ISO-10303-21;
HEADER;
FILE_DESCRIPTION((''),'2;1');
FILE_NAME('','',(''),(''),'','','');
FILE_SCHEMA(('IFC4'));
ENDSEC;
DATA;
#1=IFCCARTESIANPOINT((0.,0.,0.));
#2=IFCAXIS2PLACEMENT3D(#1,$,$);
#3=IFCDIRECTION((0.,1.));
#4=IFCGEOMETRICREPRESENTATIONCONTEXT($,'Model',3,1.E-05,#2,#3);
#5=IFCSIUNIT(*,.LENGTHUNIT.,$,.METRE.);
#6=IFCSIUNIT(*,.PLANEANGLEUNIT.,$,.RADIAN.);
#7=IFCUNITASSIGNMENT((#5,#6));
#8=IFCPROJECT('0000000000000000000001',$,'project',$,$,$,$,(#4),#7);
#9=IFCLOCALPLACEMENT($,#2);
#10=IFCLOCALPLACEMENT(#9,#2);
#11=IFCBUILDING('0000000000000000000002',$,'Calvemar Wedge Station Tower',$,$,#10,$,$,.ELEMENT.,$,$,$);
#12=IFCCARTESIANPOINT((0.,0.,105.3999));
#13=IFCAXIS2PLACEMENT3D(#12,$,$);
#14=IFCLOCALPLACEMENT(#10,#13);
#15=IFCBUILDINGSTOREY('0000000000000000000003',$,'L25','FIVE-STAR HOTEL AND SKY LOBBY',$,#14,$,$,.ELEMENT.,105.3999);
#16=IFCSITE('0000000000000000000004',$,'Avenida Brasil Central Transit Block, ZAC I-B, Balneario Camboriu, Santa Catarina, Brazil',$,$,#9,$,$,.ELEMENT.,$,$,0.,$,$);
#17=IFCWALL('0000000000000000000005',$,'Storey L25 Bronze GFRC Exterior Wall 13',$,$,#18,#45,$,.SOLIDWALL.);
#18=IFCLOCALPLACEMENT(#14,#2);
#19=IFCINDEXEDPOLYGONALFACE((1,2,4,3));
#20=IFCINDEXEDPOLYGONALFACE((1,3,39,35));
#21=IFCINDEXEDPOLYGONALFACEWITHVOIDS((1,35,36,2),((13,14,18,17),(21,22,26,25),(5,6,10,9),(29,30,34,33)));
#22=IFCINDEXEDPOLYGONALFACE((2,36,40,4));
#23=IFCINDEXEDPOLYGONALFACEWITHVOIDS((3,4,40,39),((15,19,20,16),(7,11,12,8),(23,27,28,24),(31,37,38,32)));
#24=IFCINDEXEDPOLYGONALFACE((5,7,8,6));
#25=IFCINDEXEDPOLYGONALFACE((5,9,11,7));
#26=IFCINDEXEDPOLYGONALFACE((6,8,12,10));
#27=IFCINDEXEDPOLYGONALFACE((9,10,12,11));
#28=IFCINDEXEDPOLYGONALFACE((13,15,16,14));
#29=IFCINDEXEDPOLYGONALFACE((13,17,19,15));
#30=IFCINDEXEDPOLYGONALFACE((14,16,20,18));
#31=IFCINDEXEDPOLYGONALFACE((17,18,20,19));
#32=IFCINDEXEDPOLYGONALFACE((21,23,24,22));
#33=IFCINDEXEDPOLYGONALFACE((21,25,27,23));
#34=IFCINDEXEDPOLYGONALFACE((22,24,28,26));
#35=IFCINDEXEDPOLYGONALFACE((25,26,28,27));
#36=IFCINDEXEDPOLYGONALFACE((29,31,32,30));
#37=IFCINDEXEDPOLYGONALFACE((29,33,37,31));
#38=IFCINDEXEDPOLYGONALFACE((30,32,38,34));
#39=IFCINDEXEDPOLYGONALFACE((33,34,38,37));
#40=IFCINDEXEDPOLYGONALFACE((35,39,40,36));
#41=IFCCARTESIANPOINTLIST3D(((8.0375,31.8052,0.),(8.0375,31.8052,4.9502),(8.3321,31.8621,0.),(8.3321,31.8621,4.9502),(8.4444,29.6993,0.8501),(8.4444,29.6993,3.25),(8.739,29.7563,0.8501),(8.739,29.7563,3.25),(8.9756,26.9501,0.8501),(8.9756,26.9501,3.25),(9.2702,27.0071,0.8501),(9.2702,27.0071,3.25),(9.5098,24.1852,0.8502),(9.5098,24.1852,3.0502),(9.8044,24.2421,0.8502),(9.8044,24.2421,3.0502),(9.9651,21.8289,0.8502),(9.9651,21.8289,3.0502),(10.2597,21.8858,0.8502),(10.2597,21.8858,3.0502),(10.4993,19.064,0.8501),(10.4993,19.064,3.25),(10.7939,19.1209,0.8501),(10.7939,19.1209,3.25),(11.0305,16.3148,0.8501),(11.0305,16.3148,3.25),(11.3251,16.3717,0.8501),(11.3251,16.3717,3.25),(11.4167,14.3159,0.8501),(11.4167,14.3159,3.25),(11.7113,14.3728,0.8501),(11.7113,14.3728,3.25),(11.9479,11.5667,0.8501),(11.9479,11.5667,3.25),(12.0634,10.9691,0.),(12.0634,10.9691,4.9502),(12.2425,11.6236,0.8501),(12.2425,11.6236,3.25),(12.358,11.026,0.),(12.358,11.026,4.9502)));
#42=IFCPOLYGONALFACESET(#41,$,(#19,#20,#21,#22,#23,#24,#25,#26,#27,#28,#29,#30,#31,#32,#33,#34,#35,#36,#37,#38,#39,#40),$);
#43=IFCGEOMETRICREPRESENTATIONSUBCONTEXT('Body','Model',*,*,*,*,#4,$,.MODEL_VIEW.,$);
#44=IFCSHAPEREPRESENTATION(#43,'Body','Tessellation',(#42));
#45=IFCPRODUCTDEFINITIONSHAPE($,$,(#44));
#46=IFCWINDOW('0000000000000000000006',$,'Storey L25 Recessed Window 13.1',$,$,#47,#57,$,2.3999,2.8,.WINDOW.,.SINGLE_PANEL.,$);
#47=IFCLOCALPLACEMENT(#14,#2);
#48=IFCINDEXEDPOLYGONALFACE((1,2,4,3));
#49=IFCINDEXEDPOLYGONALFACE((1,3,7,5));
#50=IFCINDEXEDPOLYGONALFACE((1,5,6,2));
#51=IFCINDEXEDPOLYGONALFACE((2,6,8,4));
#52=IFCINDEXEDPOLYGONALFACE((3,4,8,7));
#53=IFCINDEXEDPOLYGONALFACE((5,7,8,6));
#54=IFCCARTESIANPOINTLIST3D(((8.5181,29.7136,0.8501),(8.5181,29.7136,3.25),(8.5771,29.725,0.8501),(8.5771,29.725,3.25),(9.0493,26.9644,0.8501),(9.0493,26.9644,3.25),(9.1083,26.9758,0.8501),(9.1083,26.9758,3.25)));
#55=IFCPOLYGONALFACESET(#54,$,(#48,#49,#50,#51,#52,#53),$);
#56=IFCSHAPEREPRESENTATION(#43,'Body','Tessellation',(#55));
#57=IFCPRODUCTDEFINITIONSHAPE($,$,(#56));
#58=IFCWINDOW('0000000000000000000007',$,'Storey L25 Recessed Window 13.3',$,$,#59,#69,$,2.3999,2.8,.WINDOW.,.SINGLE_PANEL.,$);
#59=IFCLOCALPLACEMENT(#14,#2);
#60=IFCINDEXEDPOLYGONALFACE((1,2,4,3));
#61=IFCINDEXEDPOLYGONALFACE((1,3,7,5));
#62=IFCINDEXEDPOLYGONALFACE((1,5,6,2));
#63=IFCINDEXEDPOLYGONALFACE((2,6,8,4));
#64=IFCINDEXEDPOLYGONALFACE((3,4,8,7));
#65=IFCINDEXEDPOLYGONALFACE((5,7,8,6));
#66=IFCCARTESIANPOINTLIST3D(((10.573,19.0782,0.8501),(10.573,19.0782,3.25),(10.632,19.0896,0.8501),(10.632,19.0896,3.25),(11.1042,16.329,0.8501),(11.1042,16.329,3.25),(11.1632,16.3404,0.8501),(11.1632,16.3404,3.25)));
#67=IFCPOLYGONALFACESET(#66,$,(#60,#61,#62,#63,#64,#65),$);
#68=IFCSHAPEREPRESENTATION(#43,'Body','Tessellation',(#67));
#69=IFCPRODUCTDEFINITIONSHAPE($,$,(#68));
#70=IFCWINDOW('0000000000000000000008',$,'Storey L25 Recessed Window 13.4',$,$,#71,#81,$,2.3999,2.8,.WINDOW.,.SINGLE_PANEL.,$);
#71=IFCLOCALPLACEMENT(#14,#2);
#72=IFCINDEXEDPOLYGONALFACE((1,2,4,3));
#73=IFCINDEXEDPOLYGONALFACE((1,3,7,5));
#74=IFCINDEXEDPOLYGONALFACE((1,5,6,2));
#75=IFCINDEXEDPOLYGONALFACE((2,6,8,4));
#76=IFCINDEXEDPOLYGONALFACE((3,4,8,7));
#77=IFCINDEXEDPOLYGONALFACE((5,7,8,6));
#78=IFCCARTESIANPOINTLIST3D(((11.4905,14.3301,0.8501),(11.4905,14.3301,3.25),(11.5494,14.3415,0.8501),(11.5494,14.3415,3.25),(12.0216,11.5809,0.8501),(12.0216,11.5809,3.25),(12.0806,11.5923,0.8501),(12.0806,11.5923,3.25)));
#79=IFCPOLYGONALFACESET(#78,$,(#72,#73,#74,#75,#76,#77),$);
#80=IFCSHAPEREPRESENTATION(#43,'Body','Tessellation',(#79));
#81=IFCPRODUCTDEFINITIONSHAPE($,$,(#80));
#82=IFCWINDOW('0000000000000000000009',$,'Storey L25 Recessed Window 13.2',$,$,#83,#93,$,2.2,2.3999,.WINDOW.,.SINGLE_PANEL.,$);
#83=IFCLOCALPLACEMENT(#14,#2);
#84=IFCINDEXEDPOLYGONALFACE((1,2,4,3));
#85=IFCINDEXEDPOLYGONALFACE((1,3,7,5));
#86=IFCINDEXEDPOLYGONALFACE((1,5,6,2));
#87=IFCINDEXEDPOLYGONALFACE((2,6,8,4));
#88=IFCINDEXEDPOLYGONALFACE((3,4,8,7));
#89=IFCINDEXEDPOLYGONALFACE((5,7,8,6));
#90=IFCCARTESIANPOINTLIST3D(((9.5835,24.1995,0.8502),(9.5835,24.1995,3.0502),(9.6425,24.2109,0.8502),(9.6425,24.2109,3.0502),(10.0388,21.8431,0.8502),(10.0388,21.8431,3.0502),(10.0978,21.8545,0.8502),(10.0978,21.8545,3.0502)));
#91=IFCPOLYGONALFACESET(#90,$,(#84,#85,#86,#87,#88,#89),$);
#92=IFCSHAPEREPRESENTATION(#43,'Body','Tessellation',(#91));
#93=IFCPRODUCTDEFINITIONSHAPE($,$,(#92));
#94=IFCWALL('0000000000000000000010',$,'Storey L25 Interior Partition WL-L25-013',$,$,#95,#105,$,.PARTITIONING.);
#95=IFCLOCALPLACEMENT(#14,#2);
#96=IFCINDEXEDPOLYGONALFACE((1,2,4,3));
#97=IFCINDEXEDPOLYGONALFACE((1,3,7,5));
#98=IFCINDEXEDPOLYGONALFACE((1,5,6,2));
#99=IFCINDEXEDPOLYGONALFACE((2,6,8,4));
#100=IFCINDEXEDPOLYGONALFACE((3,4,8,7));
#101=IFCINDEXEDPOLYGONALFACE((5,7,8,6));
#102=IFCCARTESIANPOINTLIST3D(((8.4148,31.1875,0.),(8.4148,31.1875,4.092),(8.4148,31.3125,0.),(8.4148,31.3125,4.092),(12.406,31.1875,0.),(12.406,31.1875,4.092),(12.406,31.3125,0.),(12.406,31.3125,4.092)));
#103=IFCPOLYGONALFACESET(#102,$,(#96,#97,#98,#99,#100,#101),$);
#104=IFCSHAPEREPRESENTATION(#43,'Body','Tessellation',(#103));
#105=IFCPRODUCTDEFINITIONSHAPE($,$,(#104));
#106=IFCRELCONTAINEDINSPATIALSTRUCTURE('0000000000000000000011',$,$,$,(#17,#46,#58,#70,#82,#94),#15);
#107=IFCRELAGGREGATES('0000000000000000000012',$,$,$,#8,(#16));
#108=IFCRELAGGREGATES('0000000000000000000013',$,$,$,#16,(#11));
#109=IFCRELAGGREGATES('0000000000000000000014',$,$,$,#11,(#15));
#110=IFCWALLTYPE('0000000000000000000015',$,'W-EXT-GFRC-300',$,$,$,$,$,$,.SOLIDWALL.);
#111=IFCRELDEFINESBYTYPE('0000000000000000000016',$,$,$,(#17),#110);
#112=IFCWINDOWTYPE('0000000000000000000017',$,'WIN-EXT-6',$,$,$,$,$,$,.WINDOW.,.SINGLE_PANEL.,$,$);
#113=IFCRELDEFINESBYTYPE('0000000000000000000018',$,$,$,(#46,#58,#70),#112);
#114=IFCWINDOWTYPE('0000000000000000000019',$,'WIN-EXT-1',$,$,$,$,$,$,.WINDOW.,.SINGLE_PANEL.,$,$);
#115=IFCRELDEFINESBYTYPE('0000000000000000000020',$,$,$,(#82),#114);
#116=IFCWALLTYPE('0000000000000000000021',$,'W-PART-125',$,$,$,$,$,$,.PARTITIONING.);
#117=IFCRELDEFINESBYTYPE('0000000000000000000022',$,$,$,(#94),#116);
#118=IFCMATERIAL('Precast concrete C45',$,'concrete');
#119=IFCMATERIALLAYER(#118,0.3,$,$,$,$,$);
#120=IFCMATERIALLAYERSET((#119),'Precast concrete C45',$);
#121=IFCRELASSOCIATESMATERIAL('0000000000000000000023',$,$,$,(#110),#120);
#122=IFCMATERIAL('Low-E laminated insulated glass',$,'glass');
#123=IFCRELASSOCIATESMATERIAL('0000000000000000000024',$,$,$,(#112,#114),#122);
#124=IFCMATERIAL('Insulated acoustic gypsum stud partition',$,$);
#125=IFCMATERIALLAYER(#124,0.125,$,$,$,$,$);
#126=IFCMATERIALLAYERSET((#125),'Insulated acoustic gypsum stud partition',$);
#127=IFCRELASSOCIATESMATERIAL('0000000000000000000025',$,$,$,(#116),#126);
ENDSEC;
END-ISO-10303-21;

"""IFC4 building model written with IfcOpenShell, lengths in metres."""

from ifc_helpers import new_model, si_unit, direction, frame, frame_2d, origin, place, context, subcontext, project, spatial, rectangle, extrude, source, transform, mapped, material, layer, layer_set, type_object, element, fill, save


model = new_model("IFC4")

# Units and contexts
model_context = context("Model", 3, precision=1e-05, world=origin(), true_north=direction((0.0, 1.0)))
body_context = subcontext(model_context, "Body", "Model", "MODEL_VIEW")
ifc_project = project(units=[si_unit("LENGTHUNIT", "METRE"), si_unit("PLANEANGLEUNIT", "RADIAN")], contexts=[model_context])

# Site, building, storey
site_placement = place(None, origin())
site = spatial("IfcSite", under=ifc_project, at=site_placement, Name="Avenida Brasil Central Transit Block, ZAC I-B, Balneario Camboriu, Santa Catarina, Brazil", CompositionType="ELEMENT", RefElevation=0.0)
building_placement = place(site_placement, origin())
building = spatial("IfcBuilding", under=site, at=building_placement, Name="Calvemar Wedge Station Tower", CompositionType="ELEMENT")
storey_placement = place(building_placement, frame((0.0, 0.0, 105.3999)))
storey = spatial("IfcBuildingStorey", under=building, at=storey_placement, Name="L25", Description="FIVE-STAR HOTEL AND SKY LOBBY", CompositionType="ELEMENT", Elevation=105.3999)

# Wall, openings, windows
ifc_material_1 = material(Name="Precast concrete C45", Category="concrete")
ifc_layer_1 = layer(ifc_material_1, 0.3)
ifc_layer_set_1 = layer_set([ifc_layer_1], Name="Precast concrete C45")
wall_type_1 = type_object("IfcWallType", Name="W-EXT-GFRC-300", PredefinedType="SOLIDWALL", material=ifc_layer_set_1)
wall_1_placement = place(storey_placement, frame((8.1848, 31.8337, 0.0), z_axis=(0.0, 0.0, 1.0), x_axis=(0.189707, -0.981841, 0.0)))
wall_1 = element("IfcWall", 1, at=wall_1_placement, inside=storey, type_object=wall_type_1, Name="Storey L25 Bronze GFRC Exterior Wall 13", PredefinedType="SOLIDWALL", context=body_context, shape_type="SweptSolid", body=[
    extrude(rectangle(XDim=21.2214, YDim=0.3, at=frame_2d((10.6108, 0.0))), origin(), (0.0, 0.0, 1.0), 4.9502),
])
shared_shape_1 = source(origin(), body_context, "Body", "SweptSolid", [
    extrude(rectangle(XDim=2.8, YDim=2.3999, at=frame_2d((1.3999, 1.2))), frame((0.0, 0.1602, 0.0), z_axis=(0.0, -1.0, 0.0), x_axis=(1.0, 0.0, 0.0)), (0.0, 0.0, 1.0), 0.3201),
])
opening_1_placement = place(wall_1_placement, frame((2.145, 0.0, 0.8501)))
opening_1 = element("IfcOpeningElement", 2, at=opening_1_placement, cuts=wall_1, PredefinedType="OPENING", context=body_context, shape_type="MappedRepresentation", body=[
    mapped(shared_shape_1, transform((0.0, 0.0, 0.0), scale=1.0)),
])
shared_shape_2 = source(origin(), body_context, "Body", "SweptSolid", [
    extrude(rectangle(XDim=2.3999, YDim=2.2, at=frame_2d((1.2, 1.1001))), frame((0.0, 0.1602, 0.0), z_axis=(0.0, -1.0, 0.0), x_axis=(1.0, 0.0, 0.0)), (0.0, 0.0, 1.0), 0.3201),
])
opening_2_placement = place(wall_1_placement, frame((7.761, 0.0, 0.8501)))
opening_2 = element("IfcOpeningElement", 3, at=opening_2_placement, cuts=wall_1, PredefinedType="OPENING", context=body_context, shape_type="MappedRepresentation", body=[
    mapped(shared_shape_2, transform((0.0, 0.0, 0.0), scale=1.0)),
])
opening_3_placement = place(wall_1_placement, frame((12.9771, 0.0, 0.8501)))
opening_3 = element("IfcOpeningElement", 4, at=opening_3_placement, cuts=wall_1, PredefinedType="OPENING", context=body_context, shape_type="MappedRepresentation", body=[
    mapped(shared_shape_1, transform((0.0, 0.0, 0.0), scale=1.0)),
])
opening_4_placement = place(wall_1_placement, frame((17.813, 0.0, 0.8501)))
opening_4 = element("IfcOpeningElement", 5, at=opening_4_placement, cuts=wall_1, PredefinedType="OPENING", context=body_context, shape_type="MappedRepresentation", body=[
    mapped(shared_shape_1, transform((0.0, 0.0, 0.0), scale=1.0)),
])
ifc_material_2 = material(Name="Low-E laminated insulated glass", Category="glass")
window_type_1 = type_object("IfcWindowType", Name="WIN-EXT-6", PartitioningType="SINGLE_PANEL", PredefinedType="WINDOW", material=ifc_material_2)
shared_shape_3 = source(origin(), body_context, "Body", "SweptSolid", [
    extrude(rectangle(XDim=2.8, YDim=2.3999, at=frame_2d((1.3999, 1.2))), frame((0.0, -0.0149, 0.0), z_axis=(0.0, -1.0, 0.0), x_axis=(1.0, 0.0, 0.0)), (0.0, 0.0, 1.0), 0.0601),
])
window_1_placement = place(opening_1_placement, origin())
window_1 = element("IfcWindow", 6, at=window_1_placement, inside=storey, type_object=window_type_1, Name="Storey L25 Recessed Window 13.1", OverallHeight=2.3999, OverallWidth=2.8, PartitioningType="SINGLE_PANEL", PredefinedType="WINDOW", context=body_context, shape_type="MappedRepresentation", body=[
    mapped(shared_shape_3, transform((0.0, 0.0, 0.0), scale=1.0)),
])
fill(opening_1, window_1)
window_2_placement = place(opening_3_placement, origin())
window_2 = element("IfcWindow", 7, at=window_2_placement, inside=storey, type_object=window_type_1, Name="Storey L25 Recessed Window 13.3", OverallHeight=2.3999, OverallWidth=2.8, PartitioningType="SINGLE_PANEL", PredefinedType="WINDOW", context=body_context, shape_type="MappedRepresentation", body=[
    mapped(shared_shape_3, transform((0.0, 0.0, 0.0), scale=1.0)),
])
fill(opening_3, window_2)
window_3_placement = place(opening_4_placement, origin())
window_3 = element("IfcWindow", 8, at=window_3_placement, inside=storey, type_object=window_type_1, Name="Storey L25 Recessed Window 13.4", OverallHeight=2.3999, OverallWidth=2.8, PartitioningType="SINGLE_PANEL", PredefinedType="WINDOW", context=body_context, shape_type="MappedRepresentation", body=[
    mapped(shared_shape_3, transform((0.0, 0.0, 0.0), scale=1.0)),
])
fill(opening_4, window_3)
window_type_2 = type_object("IfcWindowType", Name="WIN-EXT-1", PartitioningType="SINGLE_PANEL", PredefinedType="WINDOW", material=ifc_material_2)
shared_shape_4 = source(origin(), body_context, "Body", "SweptSolid", [
    extrude(rectangle(XDim=2.3999, YDim=2.2, at=frame_2d((1.2, 1.1001))), frame((0.0, -0.0149, 0.0), z_axis=(0.0, -1.0, 0.0), x_axis=(1.0, 0.0, 0.0)), (0.0, 0.0, 1.0), 0.0601),
])
window_4_placement = place(opening_2_placement, origin())
window_4 = element("IfcWindow", 9, at=window_4_placement, inside=storey, type_object=window_type_2, Name="Storey L25 Recessed Window 13.2", OverallHeight=2.2, OverallWidth=2.3999, PartitioningType="SINGLE_PANEL", PredefinedType="WINDOW", context=body_context, shape_type="MappedRepresentation", body=[
    mapped(shared_shape_4, transform((0.0, 0.0, 0.0), scale=1.0)),
])
fill(opening_2, window_4)

# Wall
ifc_material_3 = material(Name="Insulated acoustic gypsum stud partition")
ifc_layer_2 = layer(ifc_material_3, 0.125)
ifc_layer_set_2 = layer_set([ifc_layer_2], Name="Insulated acoustic gypsum stud partition")
wall_type_2 = type_object("IfcWallType", Name="W-PART-125", PredefinedType="PARTITIONING", material=ifc_layer_set_2)
wall_2_placement = place(storey_placement, frame((12.406, 31.25, 0.0), z_axis=(0.0, 0.0, 1.0), x_axis=(-1.0, 0.0, 0.0)))
element("IfcWall", 10, at=wall_2_placement, inside=storey, type_object=wall_type_2, Name="Storey L25 Interior Partition WL-L25-013", PredefinedType="PARTITIONING", context=body_context, shape_type="SweptSolid", body=[
    extrude(rectangle(XDim=3.9912, YDim=0.125, at=frame_2d((1.9956, 0.0))), origin(), (0.0, 0.0, 1.0), 4.092),
])

save(model, "model.ifc")
